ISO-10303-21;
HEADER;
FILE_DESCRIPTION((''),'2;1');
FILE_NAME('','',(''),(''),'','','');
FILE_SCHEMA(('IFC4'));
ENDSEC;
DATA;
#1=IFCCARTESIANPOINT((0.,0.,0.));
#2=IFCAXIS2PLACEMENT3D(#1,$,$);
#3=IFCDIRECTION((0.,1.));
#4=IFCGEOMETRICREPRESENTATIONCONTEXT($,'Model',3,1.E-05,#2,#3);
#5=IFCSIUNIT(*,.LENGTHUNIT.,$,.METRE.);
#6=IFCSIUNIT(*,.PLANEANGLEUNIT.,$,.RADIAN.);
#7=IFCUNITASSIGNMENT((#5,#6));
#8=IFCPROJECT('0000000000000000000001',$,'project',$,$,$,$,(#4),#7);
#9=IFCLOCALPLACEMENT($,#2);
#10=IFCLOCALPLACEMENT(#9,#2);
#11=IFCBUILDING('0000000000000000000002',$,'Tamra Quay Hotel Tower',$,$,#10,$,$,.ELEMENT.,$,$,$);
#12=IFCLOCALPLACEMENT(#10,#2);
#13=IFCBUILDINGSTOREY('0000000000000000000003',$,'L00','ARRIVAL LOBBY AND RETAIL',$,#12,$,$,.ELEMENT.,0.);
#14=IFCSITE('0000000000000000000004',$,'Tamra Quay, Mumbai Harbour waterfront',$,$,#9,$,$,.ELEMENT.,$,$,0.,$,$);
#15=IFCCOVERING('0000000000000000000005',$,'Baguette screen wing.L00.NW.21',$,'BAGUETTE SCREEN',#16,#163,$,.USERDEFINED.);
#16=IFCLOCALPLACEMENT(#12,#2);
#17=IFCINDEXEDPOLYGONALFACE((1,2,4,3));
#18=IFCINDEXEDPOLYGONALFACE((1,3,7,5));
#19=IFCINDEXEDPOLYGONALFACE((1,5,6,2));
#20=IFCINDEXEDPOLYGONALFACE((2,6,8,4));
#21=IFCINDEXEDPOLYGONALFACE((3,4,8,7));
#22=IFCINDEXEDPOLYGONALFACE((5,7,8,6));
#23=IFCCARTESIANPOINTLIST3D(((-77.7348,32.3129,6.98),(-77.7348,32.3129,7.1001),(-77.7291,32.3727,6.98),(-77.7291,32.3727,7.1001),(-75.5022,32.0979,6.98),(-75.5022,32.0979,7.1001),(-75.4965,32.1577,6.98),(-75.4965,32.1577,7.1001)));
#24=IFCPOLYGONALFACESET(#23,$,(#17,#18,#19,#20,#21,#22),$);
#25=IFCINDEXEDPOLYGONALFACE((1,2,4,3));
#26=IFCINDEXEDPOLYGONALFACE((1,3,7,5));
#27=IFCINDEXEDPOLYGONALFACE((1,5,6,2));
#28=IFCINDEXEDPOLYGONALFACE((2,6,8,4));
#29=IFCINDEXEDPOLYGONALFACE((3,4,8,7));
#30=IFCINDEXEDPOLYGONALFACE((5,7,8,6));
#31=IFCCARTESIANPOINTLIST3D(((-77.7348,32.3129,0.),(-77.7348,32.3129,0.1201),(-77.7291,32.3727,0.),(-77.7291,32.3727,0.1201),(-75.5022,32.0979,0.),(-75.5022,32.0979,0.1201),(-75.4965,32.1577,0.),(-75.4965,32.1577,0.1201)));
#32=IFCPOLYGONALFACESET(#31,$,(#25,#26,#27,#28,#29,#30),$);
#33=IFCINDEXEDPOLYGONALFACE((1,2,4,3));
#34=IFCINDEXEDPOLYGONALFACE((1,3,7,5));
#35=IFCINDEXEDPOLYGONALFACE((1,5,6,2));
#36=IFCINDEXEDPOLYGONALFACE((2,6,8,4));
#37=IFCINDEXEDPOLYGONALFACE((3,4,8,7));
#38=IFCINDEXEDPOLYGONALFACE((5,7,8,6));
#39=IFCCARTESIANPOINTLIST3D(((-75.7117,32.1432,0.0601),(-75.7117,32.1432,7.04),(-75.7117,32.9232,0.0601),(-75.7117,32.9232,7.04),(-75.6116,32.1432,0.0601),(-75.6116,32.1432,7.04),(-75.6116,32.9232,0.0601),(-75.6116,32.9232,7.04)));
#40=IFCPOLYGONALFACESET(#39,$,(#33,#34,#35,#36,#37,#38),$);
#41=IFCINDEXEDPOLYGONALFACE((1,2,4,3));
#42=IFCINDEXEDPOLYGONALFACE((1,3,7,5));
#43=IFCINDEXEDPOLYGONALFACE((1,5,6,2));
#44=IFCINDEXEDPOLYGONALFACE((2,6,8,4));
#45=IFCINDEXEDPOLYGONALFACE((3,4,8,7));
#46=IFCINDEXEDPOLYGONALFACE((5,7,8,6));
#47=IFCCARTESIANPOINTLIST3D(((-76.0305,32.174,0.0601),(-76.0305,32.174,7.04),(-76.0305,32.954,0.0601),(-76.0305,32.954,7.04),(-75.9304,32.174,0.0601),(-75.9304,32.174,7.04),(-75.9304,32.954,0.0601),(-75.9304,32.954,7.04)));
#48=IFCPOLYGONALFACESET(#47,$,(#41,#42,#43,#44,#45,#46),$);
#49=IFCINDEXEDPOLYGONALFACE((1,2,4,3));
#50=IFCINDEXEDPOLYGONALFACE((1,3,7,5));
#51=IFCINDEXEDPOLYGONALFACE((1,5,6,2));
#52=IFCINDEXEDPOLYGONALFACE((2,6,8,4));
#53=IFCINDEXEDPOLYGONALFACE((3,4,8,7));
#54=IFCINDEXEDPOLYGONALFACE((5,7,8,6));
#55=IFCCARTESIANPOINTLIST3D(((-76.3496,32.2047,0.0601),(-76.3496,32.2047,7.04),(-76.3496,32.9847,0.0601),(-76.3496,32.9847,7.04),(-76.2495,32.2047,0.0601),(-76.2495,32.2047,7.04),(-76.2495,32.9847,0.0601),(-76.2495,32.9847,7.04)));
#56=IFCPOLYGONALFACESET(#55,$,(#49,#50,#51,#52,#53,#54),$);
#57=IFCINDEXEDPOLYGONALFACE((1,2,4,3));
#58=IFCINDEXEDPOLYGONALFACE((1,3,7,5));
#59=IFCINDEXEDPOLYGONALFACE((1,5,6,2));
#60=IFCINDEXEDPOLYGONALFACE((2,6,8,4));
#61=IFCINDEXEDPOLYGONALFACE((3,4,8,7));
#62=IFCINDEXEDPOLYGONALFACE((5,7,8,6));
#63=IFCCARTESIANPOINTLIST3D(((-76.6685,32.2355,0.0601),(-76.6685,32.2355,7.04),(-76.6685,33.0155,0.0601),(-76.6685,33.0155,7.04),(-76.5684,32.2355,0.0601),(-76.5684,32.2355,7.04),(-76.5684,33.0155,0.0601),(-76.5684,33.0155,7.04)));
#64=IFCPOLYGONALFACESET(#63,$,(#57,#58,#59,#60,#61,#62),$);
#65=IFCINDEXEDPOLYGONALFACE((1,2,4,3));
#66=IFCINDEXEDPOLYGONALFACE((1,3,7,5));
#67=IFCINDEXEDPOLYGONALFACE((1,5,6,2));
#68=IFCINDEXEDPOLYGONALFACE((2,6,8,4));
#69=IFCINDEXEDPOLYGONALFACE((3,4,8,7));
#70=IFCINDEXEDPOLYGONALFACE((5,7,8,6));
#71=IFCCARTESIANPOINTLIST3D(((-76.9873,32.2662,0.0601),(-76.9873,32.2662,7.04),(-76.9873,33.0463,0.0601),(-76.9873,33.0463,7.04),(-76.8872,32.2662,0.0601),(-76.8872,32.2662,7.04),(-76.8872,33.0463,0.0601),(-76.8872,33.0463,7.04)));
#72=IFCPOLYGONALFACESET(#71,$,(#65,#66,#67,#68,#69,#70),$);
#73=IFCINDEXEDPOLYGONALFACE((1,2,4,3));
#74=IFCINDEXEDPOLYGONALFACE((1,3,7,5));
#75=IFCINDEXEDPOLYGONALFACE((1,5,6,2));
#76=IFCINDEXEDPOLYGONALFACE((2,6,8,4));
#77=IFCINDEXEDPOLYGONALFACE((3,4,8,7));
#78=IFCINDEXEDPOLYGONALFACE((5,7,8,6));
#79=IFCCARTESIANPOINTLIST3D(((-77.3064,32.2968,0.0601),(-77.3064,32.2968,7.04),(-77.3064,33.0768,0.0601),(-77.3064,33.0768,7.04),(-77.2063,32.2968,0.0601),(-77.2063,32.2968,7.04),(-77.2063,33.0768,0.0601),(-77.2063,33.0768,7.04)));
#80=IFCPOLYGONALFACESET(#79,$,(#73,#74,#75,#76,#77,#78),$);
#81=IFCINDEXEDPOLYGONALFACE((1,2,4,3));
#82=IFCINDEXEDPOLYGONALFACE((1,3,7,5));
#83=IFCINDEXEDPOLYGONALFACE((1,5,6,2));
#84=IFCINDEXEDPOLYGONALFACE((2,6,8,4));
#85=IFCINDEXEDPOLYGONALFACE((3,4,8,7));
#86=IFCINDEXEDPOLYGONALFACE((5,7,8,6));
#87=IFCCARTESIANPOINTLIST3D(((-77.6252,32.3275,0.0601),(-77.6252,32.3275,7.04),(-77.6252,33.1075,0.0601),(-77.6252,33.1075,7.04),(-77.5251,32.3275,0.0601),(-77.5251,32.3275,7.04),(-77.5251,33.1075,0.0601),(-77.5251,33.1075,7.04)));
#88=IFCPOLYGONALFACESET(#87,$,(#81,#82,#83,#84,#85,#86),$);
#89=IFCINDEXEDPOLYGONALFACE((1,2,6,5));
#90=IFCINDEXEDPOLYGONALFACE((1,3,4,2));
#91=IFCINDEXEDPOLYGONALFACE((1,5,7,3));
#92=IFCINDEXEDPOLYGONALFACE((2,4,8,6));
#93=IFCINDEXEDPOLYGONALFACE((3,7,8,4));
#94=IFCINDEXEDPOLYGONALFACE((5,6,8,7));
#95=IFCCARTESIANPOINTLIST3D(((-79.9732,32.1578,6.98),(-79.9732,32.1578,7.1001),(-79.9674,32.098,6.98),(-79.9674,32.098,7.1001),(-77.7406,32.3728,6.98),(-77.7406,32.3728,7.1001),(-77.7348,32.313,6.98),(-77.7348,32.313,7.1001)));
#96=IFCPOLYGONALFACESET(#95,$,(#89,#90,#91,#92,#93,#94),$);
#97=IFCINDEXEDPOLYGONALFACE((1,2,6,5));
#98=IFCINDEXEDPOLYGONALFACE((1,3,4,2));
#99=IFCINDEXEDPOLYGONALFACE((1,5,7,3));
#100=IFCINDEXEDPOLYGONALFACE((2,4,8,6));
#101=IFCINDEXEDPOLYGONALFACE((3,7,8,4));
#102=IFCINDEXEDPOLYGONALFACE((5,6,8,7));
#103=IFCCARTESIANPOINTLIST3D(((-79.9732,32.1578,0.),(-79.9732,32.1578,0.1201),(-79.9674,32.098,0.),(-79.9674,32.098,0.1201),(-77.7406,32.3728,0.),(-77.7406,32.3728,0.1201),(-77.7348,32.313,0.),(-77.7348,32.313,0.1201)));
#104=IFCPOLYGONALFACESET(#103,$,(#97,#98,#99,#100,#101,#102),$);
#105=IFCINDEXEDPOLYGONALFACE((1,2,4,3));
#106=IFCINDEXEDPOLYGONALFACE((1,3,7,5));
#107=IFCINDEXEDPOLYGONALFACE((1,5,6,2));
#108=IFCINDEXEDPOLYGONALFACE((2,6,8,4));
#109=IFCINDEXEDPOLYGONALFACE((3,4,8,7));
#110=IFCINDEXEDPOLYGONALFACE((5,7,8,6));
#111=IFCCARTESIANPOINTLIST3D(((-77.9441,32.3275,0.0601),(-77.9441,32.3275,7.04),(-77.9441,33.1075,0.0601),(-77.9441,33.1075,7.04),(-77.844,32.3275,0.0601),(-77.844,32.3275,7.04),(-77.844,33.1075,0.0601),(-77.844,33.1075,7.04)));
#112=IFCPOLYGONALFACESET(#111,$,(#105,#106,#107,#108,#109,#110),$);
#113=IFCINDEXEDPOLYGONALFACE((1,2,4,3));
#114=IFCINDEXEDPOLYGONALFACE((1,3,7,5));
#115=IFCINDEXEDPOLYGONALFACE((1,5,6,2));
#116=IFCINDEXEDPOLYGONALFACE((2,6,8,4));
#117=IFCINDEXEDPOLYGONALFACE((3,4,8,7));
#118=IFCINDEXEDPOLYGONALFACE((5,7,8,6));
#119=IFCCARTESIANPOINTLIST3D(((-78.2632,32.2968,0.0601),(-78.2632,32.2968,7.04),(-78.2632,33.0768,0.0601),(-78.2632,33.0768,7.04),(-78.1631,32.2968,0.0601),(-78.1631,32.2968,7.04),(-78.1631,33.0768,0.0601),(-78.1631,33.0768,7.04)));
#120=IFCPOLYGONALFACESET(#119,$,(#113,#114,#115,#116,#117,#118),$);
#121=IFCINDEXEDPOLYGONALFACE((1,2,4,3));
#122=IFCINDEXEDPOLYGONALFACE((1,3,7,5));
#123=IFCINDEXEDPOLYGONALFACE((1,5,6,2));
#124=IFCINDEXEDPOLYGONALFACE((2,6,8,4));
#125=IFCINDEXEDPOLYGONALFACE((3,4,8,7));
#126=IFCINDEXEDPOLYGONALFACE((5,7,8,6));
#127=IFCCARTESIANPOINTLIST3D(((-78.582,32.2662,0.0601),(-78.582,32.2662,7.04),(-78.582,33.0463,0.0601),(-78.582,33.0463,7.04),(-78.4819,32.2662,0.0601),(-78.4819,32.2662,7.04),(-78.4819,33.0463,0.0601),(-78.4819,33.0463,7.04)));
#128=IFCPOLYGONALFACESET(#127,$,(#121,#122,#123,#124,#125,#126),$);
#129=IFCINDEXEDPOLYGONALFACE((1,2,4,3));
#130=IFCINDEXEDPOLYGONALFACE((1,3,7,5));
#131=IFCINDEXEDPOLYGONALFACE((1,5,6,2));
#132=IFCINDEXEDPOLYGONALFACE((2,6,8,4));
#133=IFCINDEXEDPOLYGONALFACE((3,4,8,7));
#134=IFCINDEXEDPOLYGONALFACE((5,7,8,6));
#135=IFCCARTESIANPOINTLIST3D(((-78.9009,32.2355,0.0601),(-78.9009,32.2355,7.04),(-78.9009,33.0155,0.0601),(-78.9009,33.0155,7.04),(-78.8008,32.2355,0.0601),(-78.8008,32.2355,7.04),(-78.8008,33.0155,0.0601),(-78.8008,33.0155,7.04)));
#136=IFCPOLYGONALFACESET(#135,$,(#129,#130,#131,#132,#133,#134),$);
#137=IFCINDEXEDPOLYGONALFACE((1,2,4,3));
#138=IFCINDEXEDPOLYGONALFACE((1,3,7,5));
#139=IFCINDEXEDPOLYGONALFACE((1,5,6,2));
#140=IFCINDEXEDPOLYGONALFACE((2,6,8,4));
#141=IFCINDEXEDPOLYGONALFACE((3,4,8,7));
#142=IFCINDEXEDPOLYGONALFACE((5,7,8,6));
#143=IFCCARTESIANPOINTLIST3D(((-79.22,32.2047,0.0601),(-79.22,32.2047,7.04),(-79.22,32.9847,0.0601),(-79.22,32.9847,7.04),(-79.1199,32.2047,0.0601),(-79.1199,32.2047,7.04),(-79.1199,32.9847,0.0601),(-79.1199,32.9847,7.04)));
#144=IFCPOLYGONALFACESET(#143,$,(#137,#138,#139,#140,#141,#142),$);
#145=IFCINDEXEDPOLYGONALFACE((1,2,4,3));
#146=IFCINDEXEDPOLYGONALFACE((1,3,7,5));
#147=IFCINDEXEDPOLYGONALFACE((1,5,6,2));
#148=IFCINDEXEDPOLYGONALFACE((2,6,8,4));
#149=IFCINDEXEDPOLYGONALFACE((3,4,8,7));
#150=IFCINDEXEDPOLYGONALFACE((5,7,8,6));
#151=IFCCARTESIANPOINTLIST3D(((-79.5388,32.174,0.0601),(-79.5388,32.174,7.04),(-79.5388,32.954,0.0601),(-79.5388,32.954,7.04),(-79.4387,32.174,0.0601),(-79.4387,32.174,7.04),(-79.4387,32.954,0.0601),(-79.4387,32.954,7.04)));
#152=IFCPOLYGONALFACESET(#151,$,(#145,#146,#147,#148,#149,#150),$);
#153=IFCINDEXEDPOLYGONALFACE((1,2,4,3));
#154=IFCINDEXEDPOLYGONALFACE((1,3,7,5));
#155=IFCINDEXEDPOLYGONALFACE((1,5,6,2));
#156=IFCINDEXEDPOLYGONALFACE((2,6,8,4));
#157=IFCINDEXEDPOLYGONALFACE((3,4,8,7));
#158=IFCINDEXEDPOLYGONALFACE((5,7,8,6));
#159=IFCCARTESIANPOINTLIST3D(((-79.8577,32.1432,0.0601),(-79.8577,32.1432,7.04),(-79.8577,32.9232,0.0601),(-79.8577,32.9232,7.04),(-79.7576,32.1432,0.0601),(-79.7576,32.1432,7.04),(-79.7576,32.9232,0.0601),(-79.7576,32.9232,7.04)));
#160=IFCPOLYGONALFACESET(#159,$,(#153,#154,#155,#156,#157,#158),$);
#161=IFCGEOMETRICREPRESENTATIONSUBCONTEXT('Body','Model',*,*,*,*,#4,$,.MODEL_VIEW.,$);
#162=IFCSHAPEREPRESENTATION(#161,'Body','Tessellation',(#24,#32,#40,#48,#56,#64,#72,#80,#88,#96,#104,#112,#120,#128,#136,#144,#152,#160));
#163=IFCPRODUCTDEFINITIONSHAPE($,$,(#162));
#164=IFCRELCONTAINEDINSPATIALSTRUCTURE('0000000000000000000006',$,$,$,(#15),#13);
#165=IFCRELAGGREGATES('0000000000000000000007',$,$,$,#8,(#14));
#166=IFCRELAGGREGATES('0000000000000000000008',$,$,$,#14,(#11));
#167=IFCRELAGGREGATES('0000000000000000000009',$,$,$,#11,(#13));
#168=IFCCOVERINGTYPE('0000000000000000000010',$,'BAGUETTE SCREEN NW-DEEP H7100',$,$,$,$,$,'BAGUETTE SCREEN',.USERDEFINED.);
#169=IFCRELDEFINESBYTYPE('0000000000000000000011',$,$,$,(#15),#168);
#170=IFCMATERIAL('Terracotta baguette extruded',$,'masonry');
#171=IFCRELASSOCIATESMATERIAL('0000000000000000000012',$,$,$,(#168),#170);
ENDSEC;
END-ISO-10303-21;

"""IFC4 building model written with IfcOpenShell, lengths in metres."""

from ifc_helpers import new_model, si_unit, direction, frame, frame_2d, origin, place, context, subcontext, project, spatial, rectangle, extrude, source, transform, mapped, material, type_object, element, save


model = new_model("IFC4")

# Units and contexts
model_context = context("Model", 3, precision=1e-05, world=origin(), true_north=direction((0.0, 1.0)))
body_context = subcontext(model_context, "Body", "Model", "MODEL_VIEW")
ifc_project = project(units=[si_unit("LENGTHUNIT", "METRE"), si_unit("PLANEANGLEUNIT", "RADIAN")], contexts=[model_context])

# Site, building, storey
site_placement = place(None, origin())
site = spatial("IfcSite", under=ifc_project, at=site_placement, Name="Tamra Quay, Mumbai Harbour waterfront", CompositionType="ELEMENT", RefElevation=0.0)
building_placement = place(site_placement, origin())
building = spatial("IfcBuilding", under=site, at=building_placement, Name="Tamra Quay Hotel Tower", CompositionType="ELEMENT")
storey_placement = place(building_placement, origin())
storey = spatial("IfcBuildingStorey", under=building, at=storey_placement, Name="L00", Description="ARRIVAL LOBBY AND RETAIL", CompositionType="ELEMENT", Elevation=0.0)

# Covering
ifc_material_1 = material(Name="Terracotta baguette extruded", Category="masonry")
covering_type_1 = type_object("IfcCoveringType", Name="BAGUETTE SCREEN NW-DEEP H7100", ElementType="BAGUETTE SCREEN", PredefinedType="USERDEFINED", material=ifc_material_1)
shared_shape_1 = source(origin(), body_context, "Body", "SweptSolid", [
    extrude(rectangle(XDim=2.2429, YDim=0.0601, at=frame_2d((1.1216, 0.03))), frame((-2.2383, -0.0576, -0.1201), z_axis=(0.0, 0.0, 1.0), x_axis=(0.995396, -0.095846, 0.0)), (0.0, 0.0, 1.0), 0.1201),
    extrude(rectangle(XDim=2.2429, YDim=0.0601, at=frame_2d((1.1216, 0.03))), frame((-2.2383, -0.0576, -7.1001), z_axis=(0.0, 0.0, 1.0), x_axis=(0.995396, -0.095846, 0.0)), (0.0, 0.0, 1.0), 0.1201),
    extrude(rectangle(XDim=0.1001, YDim=0.78, at=frame_2d((0.05, 0.3901))), frame((-2.123, -0.8232, -7.04)), (0.0, 0.0, 1.0), 6.98),
    extrude(rectangle(XDim=0.1001, YDim=0.78, at=frame_2d((0.05, 0.3901))), frame((-1.8042, -0.854, -7.04)), (0.0, 0.0, 1.0), 6.98),
    extrude(rectangle(XDim=0.1001, YDim=0.78, at=frame_2d((0.05, 0.3901))), frame((-1.4851, -0.8848, -7.04)), (0.0, 0.0, 1.0), 6.98),
    extrude(rectangle(XDim=0.1001, YDim=0.78, at=frame_2d((0.05, 0.3901))), frame((-1.1663, -0.9155, -7.04)), (0.0, 0.0, 1.0), 6.98),
    extrude(rectangle(XDim=0.1001, YDim=0.78, at=frame_2d((0.05, 0.3901))), frame((-0.8474, -0.9463, -7.04)), (0.0, 0.0, 1.0), 6.98),
    extrude(rectangle(XDim=0.1001, YDim=0.78, at=frame_2d((0.05, 0.3901))), frame((-0.5283, -0.9768, -7.04)), (0.0, 0.0, 1.0), 6.98),
    extrude(rectangle(XDim=0.1001, YDim=0.78, at=frame_2d((0.05, 0.3901))), frame((-0.2095, -1.0076, -7.04)), (0.0, 0.0, 1.0), 6.98),
    extrude(rectangle(XDim=2.2429, YDim=0.0601, at=frame_2d((1.1216, 0.03))), frame((0.0059, -0.2727, -0.1201), z_axis=(0.0, 0.0, 1.0), x_axis=(0.995396, 0.095846, 0.0)), (0.0, 0.0, 1.0), 0.1201),
    extrude(rectangle(XDim=2.2429, YDim=0.0601, at=frame_2d((1.1216, 0.03))), frame((0.0059, -0.2727, -7.1001), z_axis=(0.0, 0.0, 1.0), x_axis=(0.995396, 0.095846, 0.0)), (0.0, 0.0, 1.0), 0.1201),
    extrude(rectangle(XDim=0.1001, YDim=0.78, at=frame_2d((0.05, 0.3901))), frame((0.1094, -1.0076, -7.04)), (0.0, 0.0, 1.0), 6.98),
    extrude(rectangle(XDim=0.1001, YDim=0.78, at=frame_2d((0.05, 0.3901))), frame((0.4285, -0.9768, -7.04)), (0.0, 0.0, 1.0), 6.98),
    extrude(rectangle(XDim=0.1001, YDim=0.78, at=frame_2d((0.05, 0.3901))), frame((0.7473, -0.9463, -7.04)), (0.0, 0.0, 1.0), 6.98),
    extrude(rectangle(XDim=0.1001, YDim=0.78, at=frame_2d((0.05, 0.3901))), frame((1.0662, -0.9155, -7.04)), (0.0, 0.0, 1.0), 6.98),
    extrude(rectangle(XDim=0.1001, YDim=0.78, at=frame_2d((0.05, 0.3901))), frame((1.3853, -0.8848, -7.04)), (0.0, 0.0, 1.0), 6.98),
    extrude(rectangle(XDim=0.1001, YDim=0.78, at=frame_2d((0.05, 0.3901))), frame((1.7041, -0.854, -7.04)), (0.0, 0.0, 1.0), 6.98),
    extrude(rectangle(XDim=0.1001, YDim=0.78, at=frame_2d((0.05, 0.3901))), frame((2.0229, -0.8232, -7.04)), (0.0, 0.0, 1.0), 6.98),
])
for number, where, z_axis, x_axis, name in (
    (1, (-77.7346, 32.1001, 7.1001), (0.0, 0.0, 1.0), (-1.0, 0.0, 0.0), "Baguette screen wing.L00.NW.21"),
):
    element("IfcCovering", number, at=place(storey_placement, frame(where, z_axis=z_axis, x_axis=x_axis)), inside=storey, type_object=covering_type_1, Name=name, ObjectType="BAGUETTE SCREEN", PredefinedType="USERDEFINED", context=body_context, shape_type="MappedRepresentation", body=[
        mapped(shared_shape_1, transform((0.0, 0.0, 0.0), scale=1.0)),
    ])

save(model, "model.ifc")
